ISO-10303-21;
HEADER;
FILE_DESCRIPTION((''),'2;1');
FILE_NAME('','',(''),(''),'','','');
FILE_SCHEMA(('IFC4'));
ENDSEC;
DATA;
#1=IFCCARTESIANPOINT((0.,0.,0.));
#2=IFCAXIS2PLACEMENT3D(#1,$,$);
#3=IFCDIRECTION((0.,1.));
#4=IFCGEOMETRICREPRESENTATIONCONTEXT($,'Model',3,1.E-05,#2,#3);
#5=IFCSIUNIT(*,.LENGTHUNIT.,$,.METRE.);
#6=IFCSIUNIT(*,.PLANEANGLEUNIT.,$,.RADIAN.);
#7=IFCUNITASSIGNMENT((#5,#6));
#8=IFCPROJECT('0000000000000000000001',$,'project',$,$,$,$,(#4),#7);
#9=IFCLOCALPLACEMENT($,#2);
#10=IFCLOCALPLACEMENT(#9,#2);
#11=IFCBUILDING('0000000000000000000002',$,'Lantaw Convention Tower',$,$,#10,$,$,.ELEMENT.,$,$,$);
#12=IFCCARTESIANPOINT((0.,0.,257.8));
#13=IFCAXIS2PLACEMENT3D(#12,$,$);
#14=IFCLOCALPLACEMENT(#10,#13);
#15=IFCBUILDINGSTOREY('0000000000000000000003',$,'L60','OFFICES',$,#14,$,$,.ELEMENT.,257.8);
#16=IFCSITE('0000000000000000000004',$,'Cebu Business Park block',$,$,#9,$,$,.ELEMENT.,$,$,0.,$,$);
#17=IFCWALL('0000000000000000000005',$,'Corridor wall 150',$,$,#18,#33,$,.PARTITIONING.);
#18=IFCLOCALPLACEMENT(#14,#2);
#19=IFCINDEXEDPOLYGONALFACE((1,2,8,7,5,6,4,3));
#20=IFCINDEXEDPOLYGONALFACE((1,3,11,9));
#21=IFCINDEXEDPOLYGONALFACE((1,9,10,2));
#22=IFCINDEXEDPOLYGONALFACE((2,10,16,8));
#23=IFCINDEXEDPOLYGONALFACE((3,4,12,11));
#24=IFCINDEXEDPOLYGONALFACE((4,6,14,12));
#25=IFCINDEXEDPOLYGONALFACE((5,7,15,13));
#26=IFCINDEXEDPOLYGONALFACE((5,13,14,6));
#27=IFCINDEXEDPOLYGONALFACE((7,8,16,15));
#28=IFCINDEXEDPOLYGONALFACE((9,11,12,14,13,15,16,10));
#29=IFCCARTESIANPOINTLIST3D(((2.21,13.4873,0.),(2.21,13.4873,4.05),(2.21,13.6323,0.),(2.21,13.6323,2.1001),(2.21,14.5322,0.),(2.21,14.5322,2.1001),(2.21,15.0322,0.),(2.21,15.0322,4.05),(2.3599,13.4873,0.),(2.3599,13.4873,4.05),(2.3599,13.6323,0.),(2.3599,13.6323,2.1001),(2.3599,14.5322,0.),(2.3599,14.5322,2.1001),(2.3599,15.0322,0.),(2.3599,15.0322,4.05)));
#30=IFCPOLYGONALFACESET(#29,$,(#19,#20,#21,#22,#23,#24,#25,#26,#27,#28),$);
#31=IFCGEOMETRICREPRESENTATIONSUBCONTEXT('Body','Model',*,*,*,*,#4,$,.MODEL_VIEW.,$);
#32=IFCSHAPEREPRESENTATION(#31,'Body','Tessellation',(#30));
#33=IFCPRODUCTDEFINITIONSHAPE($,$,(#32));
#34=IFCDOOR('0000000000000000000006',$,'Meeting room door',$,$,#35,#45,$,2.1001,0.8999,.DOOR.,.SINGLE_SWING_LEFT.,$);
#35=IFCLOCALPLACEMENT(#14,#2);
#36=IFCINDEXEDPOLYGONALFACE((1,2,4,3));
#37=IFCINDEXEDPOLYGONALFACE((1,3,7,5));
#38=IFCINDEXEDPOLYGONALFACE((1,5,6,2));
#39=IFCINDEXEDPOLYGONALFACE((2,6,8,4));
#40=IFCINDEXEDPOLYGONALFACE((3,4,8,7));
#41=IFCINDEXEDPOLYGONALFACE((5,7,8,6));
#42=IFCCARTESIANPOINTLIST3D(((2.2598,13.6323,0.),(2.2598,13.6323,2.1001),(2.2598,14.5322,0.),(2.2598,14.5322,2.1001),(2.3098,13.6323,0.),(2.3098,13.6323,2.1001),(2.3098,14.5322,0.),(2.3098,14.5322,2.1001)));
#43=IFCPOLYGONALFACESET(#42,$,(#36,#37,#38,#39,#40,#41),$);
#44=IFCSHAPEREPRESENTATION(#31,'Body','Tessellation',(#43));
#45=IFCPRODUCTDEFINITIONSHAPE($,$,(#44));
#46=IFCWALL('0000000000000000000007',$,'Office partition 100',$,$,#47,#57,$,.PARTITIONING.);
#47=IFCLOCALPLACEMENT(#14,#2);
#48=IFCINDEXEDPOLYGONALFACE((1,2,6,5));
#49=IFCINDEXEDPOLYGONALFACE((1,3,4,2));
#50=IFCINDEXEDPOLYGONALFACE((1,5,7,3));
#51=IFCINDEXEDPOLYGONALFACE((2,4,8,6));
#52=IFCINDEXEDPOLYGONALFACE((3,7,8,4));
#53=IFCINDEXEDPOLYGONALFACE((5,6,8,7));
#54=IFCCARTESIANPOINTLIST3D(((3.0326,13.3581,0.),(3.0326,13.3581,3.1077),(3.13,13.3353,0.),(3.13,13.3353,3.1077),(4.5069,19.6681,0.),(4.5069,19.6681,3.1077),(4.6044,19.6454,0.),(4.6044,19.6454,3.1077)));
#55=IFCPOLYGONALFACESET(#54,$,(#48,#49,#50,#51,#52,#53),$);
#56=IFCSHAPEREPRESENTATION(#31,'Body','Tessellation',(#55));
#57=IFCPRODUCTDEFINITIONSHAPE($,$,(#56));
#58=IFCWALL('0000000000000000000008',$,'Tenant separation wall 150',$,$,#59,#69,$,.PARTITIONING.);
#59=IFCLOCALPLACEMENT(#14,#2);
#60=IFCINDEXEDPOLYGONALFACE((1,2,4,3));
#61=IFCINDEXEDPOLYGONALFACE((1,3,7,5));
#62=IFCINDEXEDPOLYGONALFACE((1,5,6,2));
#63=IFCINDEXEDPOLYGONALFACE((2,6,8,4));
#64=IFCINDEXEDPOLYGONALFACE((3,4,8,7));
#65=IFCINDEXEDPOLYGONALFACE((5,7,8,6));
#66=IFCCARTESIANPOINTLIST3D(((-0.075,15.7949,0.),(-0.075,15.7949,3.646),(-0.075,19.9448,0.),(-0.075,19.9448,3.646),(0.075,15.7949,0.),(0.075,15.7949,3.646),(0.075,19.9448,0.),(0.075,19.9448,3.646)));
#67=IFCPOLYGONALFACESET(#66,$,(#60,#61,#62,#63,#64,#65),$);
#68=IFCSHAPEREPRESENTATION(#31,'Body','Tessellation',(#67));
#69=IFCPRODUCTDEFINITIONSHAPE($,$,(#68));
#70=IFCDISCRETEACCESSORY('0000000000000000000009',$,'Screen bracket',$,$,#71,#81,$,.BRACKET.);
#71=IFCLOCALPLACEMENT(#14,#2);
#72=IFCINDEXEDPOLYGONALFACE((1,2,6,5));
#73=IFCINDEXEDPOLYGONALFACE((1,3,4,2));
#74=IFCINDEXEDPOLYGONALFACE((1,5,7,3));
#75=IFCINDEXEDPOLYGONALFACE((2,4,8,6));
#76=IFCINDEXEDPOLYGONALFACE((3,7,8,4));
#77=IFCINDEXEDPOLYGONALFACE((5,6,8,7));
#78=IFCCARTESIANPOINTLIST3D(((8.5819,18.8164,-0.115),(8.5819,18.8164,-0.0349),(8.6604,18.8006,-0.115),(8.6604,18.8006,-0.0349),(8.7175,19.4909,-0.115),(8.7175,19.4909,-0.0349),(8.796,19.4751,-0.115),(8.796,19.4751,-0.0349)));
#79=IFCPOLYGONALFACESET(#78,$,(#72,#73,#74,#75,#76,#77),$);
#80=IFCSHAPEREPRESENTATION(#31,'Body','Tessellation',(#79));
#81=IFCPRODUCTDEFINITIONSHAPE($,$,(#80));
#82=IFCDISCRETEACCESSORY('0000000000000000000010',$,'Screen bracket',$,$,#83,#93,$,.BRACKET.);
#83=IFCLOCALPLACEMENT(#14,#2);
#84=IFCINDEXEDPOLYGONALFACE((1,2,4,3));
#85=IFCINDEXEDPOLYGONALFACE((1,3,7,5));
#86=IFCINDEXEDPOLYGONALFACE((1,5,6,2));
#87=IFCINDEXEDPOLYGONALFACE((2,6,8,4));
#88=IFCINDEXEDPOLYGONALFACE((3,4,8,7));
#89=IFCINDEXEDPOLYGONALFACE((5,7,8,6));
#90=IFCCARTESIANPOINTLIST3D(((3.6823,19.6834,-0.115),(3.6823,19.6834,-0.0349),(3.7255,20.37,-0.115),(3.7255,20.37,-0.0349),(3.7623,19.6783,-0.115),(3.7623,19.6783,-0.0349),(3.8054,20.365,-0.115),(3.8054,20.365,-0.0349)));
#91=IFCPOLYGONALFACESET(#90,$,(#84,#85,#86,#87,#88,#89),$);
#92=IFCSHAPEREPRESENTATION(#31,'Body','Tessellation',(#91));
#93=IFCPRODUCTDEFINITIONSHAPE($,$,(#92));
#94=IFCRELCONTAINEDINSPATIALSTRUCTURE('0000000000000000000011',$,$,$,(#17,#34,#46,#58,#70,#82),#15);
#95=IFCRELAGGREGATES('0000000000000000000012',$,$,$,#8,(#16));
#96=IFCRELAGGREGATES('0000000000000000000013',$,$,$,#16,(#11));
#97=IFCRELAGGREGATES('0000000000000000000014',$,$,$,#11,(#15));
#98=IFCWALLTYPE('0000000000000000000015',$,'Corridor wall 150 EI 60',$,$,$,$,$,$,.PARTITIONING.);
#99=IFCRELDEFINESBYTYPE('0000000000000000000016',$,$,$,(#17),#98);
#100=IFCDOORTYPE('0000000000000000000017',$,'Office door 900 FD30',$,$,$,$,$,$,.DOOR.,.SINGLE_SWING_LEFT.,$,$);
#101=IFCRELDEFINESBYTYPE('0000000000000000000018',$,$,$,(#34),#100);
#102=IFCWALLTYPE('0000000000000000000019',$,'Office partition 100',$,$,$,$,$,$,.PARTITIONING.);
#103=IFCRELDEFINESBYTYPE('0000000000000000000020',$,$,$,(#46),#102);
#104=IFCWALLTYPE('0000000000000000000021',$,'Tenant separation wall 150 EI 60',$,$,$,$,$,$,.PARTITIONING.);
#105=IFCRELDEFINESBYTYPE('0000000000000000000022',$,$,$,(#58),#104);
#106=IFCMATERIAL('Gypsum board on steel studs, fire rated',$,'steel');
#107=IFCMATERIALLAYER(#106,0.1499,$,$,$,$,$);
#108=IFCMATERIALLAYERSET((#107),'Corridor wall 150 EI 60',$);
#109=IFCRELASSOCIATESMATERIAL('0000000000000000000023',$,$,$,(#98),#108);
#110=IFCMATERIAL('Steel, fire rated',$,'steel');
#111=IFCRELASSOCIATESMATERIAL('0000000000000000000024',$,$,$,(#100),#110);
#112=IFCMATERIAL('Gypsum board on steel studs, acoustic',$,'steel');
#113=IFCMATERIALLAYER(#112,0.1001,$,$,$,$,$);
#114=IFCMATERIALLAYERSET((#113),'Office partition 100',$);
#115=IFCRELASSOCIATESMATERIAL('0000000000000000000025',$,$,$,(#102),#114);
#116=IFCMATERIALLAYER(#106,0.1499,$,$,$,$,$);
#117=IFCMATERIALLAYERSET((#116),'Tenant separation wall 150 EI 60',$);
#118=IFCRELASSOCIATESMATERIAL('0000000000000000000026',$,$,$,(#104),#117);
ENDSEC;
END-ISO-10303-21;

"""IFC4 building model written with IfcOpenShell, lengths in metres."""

from ifc_helpers import new_model, si_unit, direction, frame, frame_2d, origin, origin_2d, place, context, subcontext, project, spatial, rectangle, extrude, material, layer, layer_set, type_object, element, fill, save


model = new_model("IFC4")

# Units and contexts
model_context = context("Model", 3, precision=1e-05, world=origin(), true_north=direction((0.0, 1.0)))
body_context = subcontext(model_context, "Body", "Model", "MODEL_VIEW")
ifc_project = project(units=[si_unit("LENGTHUNIT", "METRE"), si_unit("PLANEANGLEUNIT", "RADIAN")], contexts=[model_context])

# Site, building, storey
site_placement = place(None, origin())
site = spatial("IfcSite", under=ifc_project, at=site_placement, Name="Cebu Business Park block", CompositionType="ELEMENT", RefElevation=0.0)
building_placement = place(site_placement, origin())
building = spatial("IfcBuilding", under=site, at=building_placement, Name="Lantaw Convention Tower", CompositionType="ELEMENT")
storey_placement = place(building_placement, frame((0.0, 0.0, 257.8)))
storey = spatial("IfcBuildingStorey", under=building, at=storey_placement, Name="L60", Description="OFFICES", CompositionType="ELEMENT", Elevation=257.8)

# Shared definitions
ifc_material_1 = material(Name="Gypsum board on steel studs, fire rated", Category="steel")
ifc_layer_1 = layer(ifc_material_1, 0.1499)
ifc_layer_set_1 = layer_set([ifc_layer_1], Name="Corridor wall 150 EI 60")
wall_type_1 = type_object("IfcWallType", Name="Corridor wall 150 EI 60", PredefinedType="PARTITIONING", material=ifc_layer_set_1)

# Wall, opening, door
wall_1_placement = place(storey_placement, frame((2.2849, 15.0322, 0.0), z_axis=(0.0, 0.0, 1.0), x_axis=(0.0, -1.0, 0.0)))
wall_1 = element("IfcWall", 1, at=wall_1_placement, inside=storey, type_object=wall_type_1, Name="Corridor wall 150", PredefinedType="PARTITIONING", context=body_context, shape_type="SweptSolid", body=[
    extrude(rectangle(XDim=1.5449, YDim=0.1499, at=frame_2d((0.7725, 0.0))), origin(), (0.0, 0.0, 1.0), 4.05),
])
opening_placement = place(wall_1_placement, frame((0.5, 0.0, 0.0)))
opening = element("IfcOpeningElement", 2, at=opening_placement, cuts=wall_1, PredefinedType="OPENING", context=body_context, shape_type="SweptSolid", body=[
    extrude(rectangle(XDim=0.8999, YDim=2.1001, at=frame_2d((0.45, 1.05))), frame((0.0, 0.085, 0.0), z_axis=(0.0, -1.0, 0.0), x_axis=(1.0, 0.0, 0.0)), (0.0, 0.0, 1.0), 0.1699),
])
ifc_material_2 = material(Name="Steel, fire rated", Category="steel")
door_type = type_object("IfcDoorType", Name="Office door 900 FD30", OperationType="SINGLE_SWING_LEFT", PredefinedType="DOOR", material=ifc_material_2)
door_placement = place(opening_placement, origin())
door = element("IfcDoor", 3, at=door_placement, inside=storey, type_object=door_type, Name="Meeting room door", OperationType="SINGLE_SWING_LEFT", OverallHeight=2.1001, OverallWidth=0.8999, PredefinedType="DOOR", context=body_context, shape_type="SweptSolid", body=[
    extrude(rectangle(XDim=0.8999, YDim=2.1001, at=frame_2d((0.45, 1.05))), frame((0.0, 0.0249, 0.0), z_axis=(0.0, -1.0, 0.0), x_axis=(1.0, 0.0, 0.0)), (0.0, 0.0, 1.0), 0.05),
])
fill(opening, door)

# Walls
ifc_material_3 = material(Name="Gypsum board on steel studs, acoustic", Category="steel")
ifc_layer_2 = layer(ifc_material_3, 0.1001)
ifc_layer_set_2 = layer_set([ifc_layer_2], Name="Office partition 100")
wall_type_2 = type_object("IfcWallType", Name="Office partition 100", PredefinedType="PARTITIONING", material=ifc_layer_set_2)
wall_2_placement = place(storey_placement, frame((4.5557, 19.6567, 0.0), z_axis=(0.0, 0.0, 1.0), x_axis=(-0.227525, -0.973772, 0.0)))
element("IfcWall", 4, at=wall_2_placement, inside=storey, type_object=wall_type_2, Name="Office partition 100", PredefinedType="PARTITIONING", context=body_context, shape_type="SweptSolid", body=[
    extrude(rectangle(XDim=6.48, YDim=0.1001, at=frame_2d((3.24, 0.0))), origin(), (0.0, 0.0, 1.0), 3.1077),
])
ifc_layer_3 = layer(ifc_material_1, 0.1499)
ifc_layer_set_3 = layer_set([ifc_layer_3], Name="Tenant separation wall 150 EI 60")
wall_type_3 = type_object("IfcWallType", Name="Tenant separation wall 150 EI 60", PredefinedType="PARTITIONING", material=ifc_layer_set_3)
wall_3_placement = place(storey_placement, frame((0.0, 19.9448, 0.0), z_axis=(0.0, 0.0, 1.0), x_axis=(0.0, -1.0, 0.0)))
element("IfcWall", 5, at=wall_3_placement, inside=storey, type_object=wall_type_3, Name="Tenant separation wall 150", PredefinedType="PARTITIONING", context=body_context, shape_type="SweptSolid", body=[
    extrude(rectangle(XDim=4.1499, YDim=0.1499, at=frame_2d((2.075, 0.0))), origin(), (0.0, 0.0, 1.0), 3.646),
])

# Discrete accessories
for number, where, z_axis, x_axis, name in (
    (6, (8.689, 19.1458, -0.115), (0.0, 0.0, 1.0), (-0.980367, 0.197183, 0.0), "Screen bracket"),
    (7, (3.7439, 20.0242, -0.115), (0.0, 0.0, 1.0), (-0.998029, 0.062758, 0.0), "Screen bracket"),
):
    element("IfcDiscreteAccessory", number, at=place(storey_placement, frame(where, z_axis=z_axis, x_axis=x_axis)), inside=storey, Name=name, PredefinedType="BRACKET", context=body_context, shape_type="SweptSolid", body=[
        extrude(rectangle(XDim=0.0801, YDim=0.688, at=origin_2d()), origin(), (0.0, 0.0, 1.0), 0.0801),
    ])

save(model, "model.ifc")
